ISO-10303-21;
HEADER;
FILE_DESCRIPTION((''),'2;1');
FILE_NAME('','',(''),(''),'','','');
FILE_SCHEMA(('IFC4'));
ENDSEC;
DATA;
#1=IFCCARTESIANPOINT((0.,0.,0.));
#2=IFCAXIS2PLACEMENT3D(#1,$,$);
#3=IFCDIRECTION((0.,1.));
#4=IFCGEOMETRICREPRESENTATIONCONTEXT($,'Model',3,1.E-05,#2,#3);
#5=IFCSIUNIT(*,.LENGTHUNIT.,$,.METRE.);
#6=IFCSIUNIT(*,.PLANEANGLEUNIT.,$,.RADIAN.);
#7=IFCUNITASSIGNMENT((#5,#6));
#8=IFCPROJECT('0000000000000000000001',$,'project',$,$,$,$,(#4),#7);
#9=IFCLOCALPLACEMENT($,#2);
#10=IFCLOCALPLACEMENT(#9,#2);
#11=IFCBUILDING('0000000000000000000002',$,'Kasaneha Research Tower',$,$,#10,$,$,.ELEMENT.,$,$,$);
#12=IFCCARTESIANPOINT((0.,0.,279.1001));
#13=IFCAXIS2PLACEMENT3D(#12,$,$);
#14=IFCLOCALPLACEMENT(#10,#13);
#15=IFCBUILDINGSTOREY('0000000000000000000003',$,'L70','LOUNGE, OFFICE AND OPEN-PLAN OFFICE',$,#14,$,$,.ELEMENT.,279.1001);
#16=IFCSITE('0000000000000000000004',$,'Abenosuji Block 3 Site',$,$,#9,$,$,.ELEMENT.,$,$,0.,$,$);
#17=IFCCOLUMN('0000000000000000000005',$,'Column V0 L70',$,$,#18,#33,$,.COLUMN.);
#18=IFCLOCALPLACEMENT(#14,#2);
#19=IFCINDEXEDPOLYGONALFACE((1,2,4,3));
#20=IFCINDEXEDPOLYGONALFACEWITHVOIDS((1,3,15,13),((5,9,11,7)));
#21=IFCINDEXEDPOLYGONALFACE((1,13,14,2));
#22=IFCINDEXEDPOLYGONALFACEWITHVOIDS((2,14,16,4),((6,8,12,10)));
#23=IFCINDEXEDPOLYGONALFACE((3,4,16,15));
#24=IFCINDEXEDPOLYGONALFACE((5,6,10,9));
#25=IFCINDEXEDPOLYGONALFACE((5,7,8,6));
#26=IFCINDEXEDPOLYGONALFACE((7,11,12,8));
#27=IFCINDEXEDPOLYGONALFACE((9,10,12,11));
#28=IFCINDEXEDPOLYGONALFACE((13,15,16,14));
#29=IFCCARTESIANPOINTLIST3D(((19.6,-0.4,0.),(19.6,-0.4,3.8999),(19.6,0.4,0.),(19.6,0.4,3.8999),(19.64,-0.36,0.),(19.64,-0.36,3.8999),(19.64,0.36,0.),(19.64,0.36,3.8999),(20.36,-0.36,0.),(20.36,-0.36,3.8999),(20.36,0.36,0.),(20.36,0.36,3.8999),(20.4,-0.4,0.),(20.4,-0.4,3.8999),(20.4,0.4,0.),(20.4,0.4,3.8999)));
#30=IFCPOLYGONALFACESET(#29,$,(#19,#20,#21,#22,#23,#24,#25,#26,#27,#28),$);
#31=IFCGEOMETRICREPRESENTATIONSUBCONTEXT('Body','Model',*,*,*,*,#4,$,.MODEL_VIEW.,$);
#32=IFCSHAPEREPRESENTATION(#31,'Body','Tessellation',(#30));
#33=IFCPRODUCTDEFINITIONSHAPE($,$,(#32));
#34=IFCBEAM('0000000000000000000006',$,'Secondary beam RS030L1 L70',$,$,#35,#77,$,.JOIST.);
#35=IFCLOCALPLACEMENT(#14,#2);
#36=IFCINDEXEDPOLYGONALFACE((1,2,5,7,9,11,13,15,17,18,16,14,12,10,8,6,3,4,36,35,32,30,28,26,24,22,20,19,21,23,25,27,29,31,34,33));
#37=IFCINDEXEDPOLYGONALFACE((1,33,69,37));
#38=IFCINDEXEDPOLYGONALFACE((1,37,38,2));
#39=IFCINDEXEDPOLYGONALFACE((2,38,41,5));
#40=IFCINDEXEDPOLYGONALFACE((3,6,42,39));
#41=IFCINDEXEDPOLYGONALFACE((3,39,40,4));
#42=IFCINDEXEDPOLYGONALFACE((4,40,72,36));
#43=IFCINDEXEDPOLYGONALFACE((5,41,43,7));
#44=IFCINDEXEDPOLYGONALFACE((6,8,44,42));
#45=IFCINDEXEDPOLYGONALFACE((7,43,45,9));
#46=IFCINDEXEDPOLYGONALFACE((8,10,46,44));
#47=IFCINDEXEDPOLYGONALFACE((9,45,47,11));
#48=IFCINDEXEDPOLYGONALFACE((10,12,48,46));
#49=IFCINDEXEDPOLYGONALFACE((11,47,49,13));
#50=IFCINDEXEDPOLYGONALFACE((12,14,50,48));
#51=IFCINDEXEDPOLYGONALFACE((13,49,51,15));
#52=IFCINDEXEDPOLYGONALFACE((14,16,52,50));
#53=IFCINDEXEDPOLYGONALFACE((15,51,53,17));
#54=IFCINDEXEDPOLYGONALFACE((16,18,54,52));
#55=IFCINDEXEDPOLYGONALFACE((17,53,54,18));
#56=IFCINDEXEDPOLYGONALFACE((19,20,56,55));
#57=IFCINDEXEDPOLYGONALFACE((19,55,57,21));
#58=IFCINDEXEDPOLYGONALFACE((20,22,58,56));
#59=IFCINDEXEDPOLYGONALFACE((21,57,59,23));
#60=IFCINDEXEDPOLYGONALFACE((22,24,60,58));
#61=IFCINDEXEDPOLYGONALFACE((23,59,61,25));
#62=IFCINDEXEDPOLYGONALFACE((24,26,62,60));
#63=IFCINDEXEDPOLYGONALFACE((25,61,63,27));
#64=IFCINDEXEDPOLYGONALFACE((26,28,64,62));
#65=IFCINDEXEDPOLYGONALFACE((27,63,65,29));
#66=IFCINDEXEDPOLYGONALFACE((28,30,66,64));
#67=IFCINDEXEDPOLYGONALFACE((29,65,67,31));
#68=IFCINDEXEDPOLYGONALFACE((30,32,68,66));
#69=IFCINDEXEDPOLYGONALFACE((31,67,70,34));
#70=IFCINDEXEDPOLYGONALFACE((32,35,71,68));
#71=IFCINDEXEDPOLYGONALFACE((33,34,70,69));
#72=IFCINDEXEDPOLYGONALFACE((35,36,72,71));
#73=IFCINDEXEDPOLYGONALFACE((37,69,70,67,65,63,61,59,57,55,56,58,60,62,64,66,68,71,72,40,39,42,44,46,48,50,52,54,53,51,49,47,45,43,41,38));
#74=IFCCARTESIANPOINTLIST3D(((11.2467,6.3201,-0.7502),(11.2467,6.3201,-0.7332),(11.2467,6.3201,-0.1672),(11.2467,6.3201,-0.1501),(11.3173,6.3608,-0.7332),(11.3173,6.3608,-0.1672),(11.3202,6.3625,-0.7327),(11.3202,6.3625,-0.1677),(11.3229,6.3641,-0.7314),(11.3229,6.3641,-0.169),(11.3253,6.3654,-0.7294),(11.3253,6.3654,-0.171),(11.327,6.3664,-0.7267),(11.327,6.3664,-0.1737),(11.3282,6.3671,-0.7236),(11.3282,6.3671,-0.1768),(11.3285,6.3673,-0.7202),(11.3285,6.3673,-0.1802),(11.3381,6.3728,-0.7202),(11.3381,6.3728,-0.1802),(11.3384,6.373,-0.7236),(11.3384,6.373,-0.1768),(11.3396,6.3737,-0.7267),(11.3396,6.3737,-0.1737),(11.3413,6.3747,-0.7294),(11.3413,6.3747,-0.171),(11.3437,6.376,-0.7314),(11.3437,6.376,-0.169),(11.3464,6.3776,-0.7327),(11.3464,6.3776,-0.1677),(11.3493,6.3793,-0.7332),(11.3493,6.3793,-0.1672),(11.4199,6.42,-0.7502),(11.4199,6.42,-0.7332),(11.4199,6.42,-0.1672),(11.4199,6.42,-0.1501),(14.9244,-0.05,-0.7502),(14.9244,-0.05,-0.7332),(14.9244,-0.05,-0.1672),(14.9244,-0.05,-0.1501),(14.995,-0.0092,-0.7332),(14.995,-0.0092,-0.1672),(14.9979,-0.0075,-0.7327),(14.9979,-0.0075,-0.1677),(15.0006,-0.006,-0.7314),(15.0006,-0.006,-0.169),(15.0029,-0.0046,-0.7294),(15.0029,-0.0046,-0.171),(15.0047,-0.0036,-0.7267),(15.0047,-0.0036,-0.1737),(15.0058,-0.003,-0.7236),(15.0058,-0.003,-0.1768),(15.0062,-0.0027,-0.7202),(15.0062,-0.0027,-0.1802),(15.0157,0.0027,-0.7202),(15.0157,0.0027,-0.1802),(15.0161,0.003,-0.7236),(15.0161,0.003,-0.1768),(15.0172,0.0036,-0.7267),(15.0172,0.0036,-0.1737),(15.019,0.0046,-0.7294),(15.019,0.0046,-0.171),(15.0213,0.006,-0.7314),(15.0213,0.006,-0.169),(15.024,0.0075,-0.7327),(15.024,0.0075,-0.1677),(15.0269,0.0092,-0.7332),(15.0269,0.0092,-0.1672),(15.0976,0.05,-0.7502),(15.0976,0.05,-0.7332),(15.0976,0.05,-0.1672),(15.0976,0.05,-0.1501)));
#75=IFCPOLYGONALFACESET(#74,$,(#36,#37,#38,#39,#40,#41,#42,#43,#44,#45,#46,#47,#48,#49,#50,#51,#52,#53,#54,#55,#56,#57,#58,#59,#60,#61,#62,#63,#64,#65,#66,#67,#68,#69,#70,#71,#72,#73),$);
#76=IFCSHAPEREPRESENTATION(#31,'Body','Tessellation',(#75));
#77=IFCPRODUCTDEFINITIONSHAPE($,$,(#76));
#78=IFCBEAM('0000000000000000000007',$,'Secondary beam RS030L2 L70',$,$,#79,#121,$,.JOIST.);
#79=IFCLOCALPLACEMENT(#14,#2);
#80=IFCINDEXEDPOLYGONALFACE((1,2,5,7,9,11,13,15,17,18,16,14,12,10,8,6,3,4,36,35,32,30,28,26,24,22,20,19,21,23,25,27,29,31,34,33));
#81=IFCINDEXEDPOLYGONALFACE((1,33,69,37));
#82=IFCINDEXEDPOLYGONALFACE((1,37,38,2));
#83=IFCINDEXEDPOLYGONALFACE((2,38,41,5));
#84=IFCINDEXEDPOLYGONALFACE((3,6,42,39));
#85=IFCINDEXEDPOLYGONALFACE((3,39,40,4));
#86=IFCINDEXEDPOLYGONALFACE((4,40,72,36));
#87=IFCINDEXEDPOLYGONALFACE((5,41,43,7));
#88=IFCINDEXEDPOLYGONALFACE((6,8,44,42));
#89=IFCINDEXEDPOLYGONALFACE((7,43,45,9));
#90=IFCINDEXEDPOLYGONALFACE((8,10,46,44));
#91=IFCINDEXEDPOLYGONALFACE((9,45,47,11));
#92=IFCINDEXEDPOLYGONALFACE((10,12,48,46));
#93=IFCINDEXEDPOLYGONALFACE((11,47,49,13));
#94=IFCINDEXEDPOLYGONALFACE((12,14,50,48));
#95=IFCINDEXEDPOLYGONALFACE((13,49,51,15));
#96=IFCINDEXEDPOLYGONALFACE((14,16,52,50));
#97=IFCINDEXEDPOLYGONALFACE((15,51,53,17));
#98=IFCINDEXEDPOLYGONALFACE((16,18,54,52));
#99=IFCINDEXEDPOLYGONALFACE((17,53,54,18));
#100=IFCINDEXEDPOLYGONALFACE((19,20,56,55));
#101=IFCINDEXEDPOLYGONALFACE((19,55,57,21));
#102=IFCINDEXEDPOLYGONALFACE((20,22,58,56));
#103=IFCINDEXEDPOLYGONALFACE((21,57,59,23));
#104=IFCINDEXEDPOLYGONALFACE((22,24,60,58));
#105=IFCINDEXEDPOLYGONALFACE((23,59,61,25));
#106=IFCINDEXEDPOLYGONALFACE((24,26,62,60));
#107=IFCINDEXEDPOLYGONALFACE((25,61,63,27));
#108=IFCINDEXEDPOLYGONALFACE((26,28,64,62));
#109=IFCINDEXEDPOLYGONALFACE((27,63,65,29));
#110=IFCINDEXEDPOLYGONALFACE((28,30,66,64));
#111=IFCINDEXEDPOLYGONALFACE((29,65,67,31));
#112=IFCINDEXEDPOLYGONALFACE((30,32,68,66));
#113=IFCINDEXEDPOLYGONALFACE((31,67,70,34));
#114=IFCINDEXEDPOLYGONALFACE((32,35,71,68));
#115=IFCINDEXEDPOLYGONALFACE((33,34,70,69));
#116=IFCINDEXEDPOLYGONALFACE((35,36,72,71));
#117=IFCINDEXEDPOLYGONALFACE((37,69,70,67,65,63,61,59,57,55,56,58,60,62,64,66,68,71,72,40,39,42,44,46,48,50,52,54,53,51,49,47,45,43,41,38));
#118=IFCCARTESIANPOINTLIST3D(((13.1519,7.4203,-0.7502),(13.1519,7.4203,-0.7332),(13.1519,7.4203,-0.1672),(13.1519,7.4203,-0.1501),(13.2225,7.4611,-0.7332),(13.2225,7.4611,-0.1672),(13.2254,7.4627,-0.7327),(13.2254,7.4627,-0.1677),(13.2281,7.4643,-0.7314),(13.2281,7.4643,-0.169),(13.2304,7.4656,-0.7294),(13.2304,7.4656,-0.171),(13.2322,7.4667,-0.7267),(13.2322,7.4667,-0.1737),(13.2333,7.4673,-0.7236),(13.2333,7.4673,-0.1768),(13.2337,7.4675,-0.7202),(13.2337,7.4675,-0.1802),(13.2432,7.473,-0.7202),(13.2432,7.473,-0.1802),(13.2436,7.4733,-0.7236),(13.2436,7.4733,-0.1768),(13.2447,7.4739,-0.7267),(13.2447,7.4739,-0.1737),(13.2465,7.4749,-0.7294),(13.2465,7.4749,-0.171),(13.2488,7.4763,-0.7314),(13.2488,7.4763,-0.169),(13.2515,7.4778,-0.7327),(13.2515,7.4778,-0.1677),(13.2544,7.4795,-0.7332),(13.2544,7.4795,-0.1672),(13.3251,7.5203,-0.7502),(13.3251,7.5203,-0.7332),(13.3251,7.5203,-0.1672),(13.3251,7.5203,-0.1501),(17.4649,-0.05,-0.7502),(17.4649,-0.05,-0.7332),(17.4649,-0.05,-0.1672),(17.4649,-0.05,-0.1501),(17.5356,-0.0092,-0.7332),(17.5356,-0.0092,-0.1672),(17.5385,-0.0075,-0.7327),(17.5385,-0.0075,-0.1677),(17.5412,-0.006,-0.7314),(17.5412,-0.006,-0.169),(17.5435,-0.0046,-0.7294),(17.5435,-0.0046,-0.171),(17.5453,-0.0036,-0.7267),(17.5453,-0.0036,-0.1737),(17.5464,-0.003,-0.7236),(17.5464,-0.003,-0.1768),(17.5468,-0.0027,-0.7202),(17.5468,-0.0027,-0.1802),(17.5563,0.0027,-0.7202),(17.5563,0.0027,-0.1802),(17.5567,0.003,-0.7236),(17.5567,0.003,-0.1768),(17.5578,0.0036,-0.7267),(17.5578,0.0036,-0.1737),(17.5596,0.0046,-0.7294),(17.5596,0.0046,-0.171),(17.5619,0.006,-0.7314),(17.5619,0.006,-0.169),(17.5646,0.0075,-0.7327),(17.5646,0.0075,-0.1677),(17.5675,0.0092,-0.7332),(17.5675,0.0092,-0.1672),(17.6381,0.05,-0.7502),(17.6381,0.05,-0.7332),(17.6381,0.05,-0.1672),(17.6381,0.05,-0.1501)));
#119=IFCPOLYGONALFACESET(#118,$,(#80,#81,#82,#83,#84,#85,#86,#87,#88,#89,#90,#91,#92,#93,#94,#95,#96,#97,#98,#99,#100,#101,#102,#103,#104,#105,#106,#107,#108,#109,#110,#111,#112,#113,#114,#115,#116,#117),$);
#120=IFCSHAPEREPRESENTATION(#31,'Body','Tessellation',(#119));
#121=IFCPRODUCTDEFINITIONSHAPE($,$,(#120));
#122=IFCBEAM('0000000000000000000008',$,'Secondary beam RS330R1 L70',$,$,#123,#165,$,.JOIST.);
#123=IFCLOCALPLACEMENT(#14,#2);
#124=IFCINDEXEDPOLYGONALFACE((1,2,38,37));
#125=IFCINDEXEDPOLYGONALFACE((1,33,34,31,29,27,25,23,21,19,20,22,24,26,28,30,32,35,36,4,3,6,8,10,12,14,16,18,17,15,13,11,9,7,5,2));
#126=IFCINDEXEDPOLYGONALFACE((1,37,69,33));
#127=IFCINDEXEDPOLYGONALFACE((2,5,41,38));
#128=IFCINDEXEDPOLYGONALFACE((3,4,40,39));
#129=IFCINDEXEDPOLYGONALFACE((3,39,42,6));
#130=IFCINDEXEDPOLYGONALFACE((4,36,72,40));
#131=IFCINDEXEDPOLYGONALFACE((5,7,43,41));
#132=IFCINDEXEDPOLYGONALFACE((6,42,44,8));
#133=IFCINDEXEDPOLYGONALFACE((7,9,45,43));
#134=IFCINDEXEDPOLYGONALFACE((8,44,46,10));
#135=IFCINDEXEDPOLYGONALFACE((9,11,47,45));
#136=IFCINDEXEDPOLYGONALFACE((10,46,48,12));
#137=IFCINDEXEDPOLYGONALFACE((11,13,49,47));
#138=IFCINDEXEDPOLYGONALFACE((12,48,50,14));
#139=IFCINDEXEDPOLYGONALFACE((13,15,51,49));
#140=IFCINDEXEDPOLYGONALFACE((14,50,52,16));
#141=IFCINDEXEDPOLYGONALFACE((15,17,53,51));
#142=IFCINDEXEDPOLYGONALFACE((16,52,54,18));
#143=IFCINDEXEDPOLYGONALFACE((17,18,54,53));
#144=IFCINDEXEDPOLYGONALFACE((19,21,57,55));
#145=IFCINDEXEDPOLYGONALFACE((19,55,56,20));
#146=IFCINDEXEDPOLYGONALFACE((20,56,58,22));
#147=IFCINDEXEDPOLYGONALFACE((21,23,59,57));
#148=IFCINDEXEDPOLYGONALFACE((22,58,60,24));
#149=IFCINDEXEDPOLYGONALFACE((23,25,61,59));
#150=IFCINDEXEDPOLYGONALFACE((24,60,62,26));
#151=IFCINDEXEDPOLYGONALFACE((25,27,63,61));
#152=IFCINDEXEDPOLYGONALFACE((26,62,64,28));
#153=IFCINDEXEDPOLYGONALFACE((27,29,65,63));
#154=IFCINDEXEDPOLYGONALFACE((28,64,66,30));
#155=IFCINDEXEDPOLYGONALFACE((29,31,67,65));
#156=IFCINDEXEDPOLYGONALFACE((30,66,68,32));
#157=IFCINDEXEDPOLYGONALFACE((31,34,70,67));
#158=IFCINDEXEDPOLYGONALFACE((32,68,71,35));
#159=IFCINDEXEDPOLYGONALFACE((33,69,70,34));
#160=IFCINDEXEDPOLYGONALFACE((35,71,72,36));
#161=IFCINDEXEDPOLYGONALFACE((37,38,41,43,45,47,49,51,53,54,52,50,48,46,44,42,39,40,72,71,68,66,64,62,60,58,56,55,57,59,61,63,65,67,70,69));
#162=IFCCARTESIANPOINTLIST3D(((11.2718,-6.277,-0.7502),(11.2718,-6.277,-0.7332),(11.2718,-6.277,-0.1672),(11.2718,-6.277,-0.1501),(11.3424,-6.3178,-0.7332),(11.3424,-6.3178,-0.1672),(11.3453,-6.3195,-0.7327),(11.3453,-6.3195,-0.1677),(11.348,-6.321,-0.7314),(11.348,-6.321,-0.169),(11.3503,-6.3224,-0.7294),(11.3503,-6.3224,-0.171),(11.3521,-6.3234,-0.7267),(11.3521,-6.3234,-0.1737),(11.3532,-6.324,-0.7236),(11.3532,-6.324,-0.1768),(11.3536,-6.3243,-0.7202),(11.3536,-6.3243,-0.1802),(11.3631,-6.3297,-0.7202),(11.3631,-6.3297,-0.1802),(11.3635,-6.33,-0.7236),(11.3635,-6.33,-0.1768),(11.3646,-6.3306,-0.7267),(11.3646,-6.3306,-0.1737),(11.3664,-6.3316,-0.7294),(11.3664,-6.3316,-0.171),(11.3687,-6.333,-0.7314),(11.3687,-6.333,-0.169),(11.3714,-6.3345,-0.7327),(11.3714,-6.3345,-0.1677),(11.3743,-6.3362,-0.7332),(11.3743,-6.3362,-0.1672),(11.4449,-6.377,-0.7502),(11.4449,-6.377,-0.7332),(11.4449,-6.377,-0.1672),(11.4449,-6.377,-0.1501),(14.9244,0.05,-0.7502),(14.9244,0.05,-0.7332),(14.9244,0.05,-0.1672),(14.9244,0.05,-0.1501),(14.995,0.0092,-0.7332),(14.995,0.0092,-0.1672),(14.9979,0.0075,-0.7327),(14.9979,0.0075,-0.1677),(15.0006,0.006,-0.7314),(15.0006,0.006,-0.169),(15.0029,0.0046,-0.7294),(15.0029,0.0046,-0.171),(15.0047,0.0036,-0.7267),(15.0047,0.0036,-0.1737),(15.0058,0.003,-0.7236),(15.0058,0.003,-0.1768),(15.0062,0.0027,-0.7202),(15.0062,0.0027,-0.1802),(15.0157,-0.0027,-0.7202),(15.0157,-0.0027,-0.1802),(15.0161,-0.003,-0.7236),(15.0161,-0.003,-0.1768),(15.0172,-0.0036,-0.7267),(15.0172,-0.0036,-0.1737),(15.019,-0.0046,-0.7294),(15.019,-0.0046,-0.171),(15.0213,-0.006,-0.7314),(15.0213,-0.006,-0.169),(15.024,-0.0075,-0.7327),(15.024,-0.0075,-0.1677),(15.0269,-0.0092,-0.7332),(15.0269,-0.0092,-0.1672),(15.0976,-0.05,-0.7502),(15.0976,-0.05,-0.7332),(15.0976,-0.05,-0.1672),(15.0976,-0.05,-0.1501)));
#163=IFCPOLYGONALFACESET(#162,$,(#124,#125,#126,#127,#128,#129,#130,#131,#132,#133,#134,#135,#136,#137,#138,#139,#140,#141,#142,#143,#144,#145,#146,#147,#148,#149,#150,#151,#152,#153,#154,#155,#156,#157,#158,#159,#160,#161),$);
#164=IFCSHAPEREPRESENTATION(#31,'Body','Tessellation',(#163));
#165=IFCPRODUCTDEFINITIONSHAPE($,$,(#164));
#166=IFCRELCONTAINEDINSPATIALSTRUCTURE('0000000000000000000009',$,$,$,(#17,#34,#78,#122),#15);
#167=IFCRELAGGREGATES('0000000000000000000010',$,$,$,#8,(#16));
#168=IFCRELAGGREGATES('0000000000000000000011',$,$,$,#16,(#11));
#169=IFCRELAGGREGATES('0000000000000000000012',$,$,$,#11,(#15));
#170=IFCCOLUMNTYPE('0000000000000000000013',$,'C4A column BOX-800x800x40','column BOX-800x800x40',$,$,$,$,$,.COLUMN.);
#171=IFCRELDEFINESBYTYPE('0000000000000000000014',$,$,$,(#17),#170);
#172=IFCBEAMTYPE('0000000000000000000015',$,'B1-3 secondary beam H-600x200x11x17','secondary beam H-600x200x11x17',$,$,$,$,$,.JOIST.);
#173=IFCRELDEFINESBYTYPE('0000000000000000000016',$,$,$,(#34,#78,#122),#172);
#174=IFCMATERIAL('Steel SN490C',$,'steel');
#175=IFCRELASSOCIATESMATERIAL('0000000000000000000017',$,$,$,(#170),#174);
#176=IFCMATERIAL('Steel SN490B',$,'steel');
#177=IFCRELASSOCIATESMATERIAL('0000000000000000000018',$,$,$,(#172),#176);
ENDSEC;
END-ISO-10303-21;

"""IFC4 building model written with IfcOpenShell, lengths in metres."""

from ifc_helpers import new_model, si_unit, direction, frame, origin, origin_2d, place, context, subcontext, project, spatial, hollow_rectangle, i_section, extrude, material, material_profile, profile_set, type_object, element, save


model = new_model("IFC4")

# Units and contexts
model_context = context("Model", 3, precision=1e-05, world=origin(), true_north=direction((0.0, 1.0)))
body_context = subcontext(model_context, "Body", "Model", "MODEL_VIEW")
ifc_project = project(units=[si_unit("LENGTHUNIT", "METRE"), si_unit("PLANEANGLEUNIT", "RADIAN")], contexts=[model_context])

# Site, building, storey
site_placement = place(None, origin())
site = spatial("IfcSite", under=ifc_project, at=site_placement, Name="Abenosuji Block 3 Site", CompositionType="ELEMENT", RefElevation=0.0)
building_placement = place(site_placement, origin())
building = spatial("IfcBuilding", under=site, at=building_placement, Name="Kasaneha Research Tower", CompositionType="ELEMENT")
storey_placement = place(building_placement, frame((0.0, 0.0, 279.1001)))
storey = spatial("IfcBuildingStorey", under=building, at=storey_placement, Name="L70", Description="LOUNGE, OFFICE AND OPEN-PLAN OFFICE", CompositionType="ELEMENT", Elevation=279.1001)

# Column
ifc_material_1 = material(Name="Steel SN490C", Category="steel")
ifc_material_profile_1 = material_profile(ifc_material_1, hollow_rectangle(XDim=0.8, YDim=0.8, WallThickness=0.04, at=origin_2d()), Name="BOX-800x800x40")
ifc_profile_set_1 = profile_set([ifc_material_profile_1], Name="Steel SN490C")
column_type = type_object("IfcColumnType", Name="C4A column BOX-800x800x40", Description="column BOX-800x800x40", PredefinedType="COLUMN", material=ifc_profile_set_1)
column_placement = place(storey_placement, frame((20.0, 0.0, 0.0), z_axis=(0.0, 0.0, 1.0), x_axis=(1.0, 0.0, 0.0)))
element("IfcColumn", 1, at=column_placement, inside=storey, type_object=column_type, Name="Column V0 L70", PredefinedType="COLUMN", context=body_context, shape_type="SweptSolid", body=[
    extrude(hollow_rectangle(XDim=0.8, YDim=0.8, WallThickness=0.04, at=origin_2d()), origin(), (0.0, 0.0, 1.0), 3.8999),
])

# Beams
ifc_material_2 = material(Name="Steel SN490B", Category="steel")
ifc_material_profile_2 = material_profile(ifc_material_2, i_section(OverallWidth=0.2, OverallDepth=0.6001, WebThickness=0.011, FlangeThickness=0.0171, FilletRadius=0.0129, at=origin_2d()), Name="H-600x200x11x17")
ifc_profile_set_2 = profile_set([ifc_material_profile_2], Name="Steel SN490B")
beam_type_1 = type_object("IfcBeamType", Name="B1-3 secondary beam H-600x200x11x17", Description="secondary beam H-600x200x11x17", PredefinedType="JOIST", material=ifc_profile_set_2)
beam_1_placement = place(storey_placement, frame((15.011, 0.0, -0.4502), z_axis=(-0.499994, 0.866029, 0.0), x_axis=(-0.866029, -0.499994, 0.0)))
element("IfcBeam", 2, at=beam_1_placement, inside=storey, type_object=beam_type_1, Name="Secondary beam RS030L1 L70", PredefinedType="JOIST", context=body_context, shape_type="SweptSolid", body=[
    extrude(i_section(OverallWidth=0.2, OverallDepth=0.6001, WebThickness=0.011, FlangeThickness=0.0171, FilletRadius=0.0129, at=origin_2d()), origin(), (0.0, 0.0, 1.0), 7.3555),
])
beam_2_placement = place(storey_placement, frame((17.5515, 0.0, -0.4502), z_axis=(-0.500005, 0.866023, 0.0), x_axis=(-0.866023, -0.500005, 0.0)))
element("IfcBeam", 3, at=beam_2_placement, inside=storey, type_object=beam_type_1, Name="Secondary beam RS030L2 L70", PredefinedType="JOIST", context=body_context, shape_type="SweptSolid", body=[
    extrude(i_section(OverallWidth=0.2, OverallDepth=0.6001, WebThickness=0.011, FlangeThickness=0.0171, FilletRadius=0.0129, at=origin_2d()), origin(), (0.0, 0.0, 1.0), 8.626),
])
beam_3_placement = place(storey_placement, frame((15.011, 0.0, -0.4502), z_axis=(-0.499974, -0.86604, 0.0), x_axis=(0.86604, -0.499974, 0.0)))
element("IfcBeam", 4, at=beam_3_placement, inside=storey, type_object=beam_type_1, Name="Secondary beam RS330R1 L70", PredefinedType="JOIST", context=body_context, shape_type="SweptSolid", body=[
    extrude(i_section(OverallWidth=0.2, OverallDepth=0.6001, WebThickness=0.011, FlangeThickness=0.0171, FilletRadius=0.0129, at=origin_2d()), origin(), (0.0, 0.0, 1.0), 7.3057),
])

save(model, "model.ifc")
